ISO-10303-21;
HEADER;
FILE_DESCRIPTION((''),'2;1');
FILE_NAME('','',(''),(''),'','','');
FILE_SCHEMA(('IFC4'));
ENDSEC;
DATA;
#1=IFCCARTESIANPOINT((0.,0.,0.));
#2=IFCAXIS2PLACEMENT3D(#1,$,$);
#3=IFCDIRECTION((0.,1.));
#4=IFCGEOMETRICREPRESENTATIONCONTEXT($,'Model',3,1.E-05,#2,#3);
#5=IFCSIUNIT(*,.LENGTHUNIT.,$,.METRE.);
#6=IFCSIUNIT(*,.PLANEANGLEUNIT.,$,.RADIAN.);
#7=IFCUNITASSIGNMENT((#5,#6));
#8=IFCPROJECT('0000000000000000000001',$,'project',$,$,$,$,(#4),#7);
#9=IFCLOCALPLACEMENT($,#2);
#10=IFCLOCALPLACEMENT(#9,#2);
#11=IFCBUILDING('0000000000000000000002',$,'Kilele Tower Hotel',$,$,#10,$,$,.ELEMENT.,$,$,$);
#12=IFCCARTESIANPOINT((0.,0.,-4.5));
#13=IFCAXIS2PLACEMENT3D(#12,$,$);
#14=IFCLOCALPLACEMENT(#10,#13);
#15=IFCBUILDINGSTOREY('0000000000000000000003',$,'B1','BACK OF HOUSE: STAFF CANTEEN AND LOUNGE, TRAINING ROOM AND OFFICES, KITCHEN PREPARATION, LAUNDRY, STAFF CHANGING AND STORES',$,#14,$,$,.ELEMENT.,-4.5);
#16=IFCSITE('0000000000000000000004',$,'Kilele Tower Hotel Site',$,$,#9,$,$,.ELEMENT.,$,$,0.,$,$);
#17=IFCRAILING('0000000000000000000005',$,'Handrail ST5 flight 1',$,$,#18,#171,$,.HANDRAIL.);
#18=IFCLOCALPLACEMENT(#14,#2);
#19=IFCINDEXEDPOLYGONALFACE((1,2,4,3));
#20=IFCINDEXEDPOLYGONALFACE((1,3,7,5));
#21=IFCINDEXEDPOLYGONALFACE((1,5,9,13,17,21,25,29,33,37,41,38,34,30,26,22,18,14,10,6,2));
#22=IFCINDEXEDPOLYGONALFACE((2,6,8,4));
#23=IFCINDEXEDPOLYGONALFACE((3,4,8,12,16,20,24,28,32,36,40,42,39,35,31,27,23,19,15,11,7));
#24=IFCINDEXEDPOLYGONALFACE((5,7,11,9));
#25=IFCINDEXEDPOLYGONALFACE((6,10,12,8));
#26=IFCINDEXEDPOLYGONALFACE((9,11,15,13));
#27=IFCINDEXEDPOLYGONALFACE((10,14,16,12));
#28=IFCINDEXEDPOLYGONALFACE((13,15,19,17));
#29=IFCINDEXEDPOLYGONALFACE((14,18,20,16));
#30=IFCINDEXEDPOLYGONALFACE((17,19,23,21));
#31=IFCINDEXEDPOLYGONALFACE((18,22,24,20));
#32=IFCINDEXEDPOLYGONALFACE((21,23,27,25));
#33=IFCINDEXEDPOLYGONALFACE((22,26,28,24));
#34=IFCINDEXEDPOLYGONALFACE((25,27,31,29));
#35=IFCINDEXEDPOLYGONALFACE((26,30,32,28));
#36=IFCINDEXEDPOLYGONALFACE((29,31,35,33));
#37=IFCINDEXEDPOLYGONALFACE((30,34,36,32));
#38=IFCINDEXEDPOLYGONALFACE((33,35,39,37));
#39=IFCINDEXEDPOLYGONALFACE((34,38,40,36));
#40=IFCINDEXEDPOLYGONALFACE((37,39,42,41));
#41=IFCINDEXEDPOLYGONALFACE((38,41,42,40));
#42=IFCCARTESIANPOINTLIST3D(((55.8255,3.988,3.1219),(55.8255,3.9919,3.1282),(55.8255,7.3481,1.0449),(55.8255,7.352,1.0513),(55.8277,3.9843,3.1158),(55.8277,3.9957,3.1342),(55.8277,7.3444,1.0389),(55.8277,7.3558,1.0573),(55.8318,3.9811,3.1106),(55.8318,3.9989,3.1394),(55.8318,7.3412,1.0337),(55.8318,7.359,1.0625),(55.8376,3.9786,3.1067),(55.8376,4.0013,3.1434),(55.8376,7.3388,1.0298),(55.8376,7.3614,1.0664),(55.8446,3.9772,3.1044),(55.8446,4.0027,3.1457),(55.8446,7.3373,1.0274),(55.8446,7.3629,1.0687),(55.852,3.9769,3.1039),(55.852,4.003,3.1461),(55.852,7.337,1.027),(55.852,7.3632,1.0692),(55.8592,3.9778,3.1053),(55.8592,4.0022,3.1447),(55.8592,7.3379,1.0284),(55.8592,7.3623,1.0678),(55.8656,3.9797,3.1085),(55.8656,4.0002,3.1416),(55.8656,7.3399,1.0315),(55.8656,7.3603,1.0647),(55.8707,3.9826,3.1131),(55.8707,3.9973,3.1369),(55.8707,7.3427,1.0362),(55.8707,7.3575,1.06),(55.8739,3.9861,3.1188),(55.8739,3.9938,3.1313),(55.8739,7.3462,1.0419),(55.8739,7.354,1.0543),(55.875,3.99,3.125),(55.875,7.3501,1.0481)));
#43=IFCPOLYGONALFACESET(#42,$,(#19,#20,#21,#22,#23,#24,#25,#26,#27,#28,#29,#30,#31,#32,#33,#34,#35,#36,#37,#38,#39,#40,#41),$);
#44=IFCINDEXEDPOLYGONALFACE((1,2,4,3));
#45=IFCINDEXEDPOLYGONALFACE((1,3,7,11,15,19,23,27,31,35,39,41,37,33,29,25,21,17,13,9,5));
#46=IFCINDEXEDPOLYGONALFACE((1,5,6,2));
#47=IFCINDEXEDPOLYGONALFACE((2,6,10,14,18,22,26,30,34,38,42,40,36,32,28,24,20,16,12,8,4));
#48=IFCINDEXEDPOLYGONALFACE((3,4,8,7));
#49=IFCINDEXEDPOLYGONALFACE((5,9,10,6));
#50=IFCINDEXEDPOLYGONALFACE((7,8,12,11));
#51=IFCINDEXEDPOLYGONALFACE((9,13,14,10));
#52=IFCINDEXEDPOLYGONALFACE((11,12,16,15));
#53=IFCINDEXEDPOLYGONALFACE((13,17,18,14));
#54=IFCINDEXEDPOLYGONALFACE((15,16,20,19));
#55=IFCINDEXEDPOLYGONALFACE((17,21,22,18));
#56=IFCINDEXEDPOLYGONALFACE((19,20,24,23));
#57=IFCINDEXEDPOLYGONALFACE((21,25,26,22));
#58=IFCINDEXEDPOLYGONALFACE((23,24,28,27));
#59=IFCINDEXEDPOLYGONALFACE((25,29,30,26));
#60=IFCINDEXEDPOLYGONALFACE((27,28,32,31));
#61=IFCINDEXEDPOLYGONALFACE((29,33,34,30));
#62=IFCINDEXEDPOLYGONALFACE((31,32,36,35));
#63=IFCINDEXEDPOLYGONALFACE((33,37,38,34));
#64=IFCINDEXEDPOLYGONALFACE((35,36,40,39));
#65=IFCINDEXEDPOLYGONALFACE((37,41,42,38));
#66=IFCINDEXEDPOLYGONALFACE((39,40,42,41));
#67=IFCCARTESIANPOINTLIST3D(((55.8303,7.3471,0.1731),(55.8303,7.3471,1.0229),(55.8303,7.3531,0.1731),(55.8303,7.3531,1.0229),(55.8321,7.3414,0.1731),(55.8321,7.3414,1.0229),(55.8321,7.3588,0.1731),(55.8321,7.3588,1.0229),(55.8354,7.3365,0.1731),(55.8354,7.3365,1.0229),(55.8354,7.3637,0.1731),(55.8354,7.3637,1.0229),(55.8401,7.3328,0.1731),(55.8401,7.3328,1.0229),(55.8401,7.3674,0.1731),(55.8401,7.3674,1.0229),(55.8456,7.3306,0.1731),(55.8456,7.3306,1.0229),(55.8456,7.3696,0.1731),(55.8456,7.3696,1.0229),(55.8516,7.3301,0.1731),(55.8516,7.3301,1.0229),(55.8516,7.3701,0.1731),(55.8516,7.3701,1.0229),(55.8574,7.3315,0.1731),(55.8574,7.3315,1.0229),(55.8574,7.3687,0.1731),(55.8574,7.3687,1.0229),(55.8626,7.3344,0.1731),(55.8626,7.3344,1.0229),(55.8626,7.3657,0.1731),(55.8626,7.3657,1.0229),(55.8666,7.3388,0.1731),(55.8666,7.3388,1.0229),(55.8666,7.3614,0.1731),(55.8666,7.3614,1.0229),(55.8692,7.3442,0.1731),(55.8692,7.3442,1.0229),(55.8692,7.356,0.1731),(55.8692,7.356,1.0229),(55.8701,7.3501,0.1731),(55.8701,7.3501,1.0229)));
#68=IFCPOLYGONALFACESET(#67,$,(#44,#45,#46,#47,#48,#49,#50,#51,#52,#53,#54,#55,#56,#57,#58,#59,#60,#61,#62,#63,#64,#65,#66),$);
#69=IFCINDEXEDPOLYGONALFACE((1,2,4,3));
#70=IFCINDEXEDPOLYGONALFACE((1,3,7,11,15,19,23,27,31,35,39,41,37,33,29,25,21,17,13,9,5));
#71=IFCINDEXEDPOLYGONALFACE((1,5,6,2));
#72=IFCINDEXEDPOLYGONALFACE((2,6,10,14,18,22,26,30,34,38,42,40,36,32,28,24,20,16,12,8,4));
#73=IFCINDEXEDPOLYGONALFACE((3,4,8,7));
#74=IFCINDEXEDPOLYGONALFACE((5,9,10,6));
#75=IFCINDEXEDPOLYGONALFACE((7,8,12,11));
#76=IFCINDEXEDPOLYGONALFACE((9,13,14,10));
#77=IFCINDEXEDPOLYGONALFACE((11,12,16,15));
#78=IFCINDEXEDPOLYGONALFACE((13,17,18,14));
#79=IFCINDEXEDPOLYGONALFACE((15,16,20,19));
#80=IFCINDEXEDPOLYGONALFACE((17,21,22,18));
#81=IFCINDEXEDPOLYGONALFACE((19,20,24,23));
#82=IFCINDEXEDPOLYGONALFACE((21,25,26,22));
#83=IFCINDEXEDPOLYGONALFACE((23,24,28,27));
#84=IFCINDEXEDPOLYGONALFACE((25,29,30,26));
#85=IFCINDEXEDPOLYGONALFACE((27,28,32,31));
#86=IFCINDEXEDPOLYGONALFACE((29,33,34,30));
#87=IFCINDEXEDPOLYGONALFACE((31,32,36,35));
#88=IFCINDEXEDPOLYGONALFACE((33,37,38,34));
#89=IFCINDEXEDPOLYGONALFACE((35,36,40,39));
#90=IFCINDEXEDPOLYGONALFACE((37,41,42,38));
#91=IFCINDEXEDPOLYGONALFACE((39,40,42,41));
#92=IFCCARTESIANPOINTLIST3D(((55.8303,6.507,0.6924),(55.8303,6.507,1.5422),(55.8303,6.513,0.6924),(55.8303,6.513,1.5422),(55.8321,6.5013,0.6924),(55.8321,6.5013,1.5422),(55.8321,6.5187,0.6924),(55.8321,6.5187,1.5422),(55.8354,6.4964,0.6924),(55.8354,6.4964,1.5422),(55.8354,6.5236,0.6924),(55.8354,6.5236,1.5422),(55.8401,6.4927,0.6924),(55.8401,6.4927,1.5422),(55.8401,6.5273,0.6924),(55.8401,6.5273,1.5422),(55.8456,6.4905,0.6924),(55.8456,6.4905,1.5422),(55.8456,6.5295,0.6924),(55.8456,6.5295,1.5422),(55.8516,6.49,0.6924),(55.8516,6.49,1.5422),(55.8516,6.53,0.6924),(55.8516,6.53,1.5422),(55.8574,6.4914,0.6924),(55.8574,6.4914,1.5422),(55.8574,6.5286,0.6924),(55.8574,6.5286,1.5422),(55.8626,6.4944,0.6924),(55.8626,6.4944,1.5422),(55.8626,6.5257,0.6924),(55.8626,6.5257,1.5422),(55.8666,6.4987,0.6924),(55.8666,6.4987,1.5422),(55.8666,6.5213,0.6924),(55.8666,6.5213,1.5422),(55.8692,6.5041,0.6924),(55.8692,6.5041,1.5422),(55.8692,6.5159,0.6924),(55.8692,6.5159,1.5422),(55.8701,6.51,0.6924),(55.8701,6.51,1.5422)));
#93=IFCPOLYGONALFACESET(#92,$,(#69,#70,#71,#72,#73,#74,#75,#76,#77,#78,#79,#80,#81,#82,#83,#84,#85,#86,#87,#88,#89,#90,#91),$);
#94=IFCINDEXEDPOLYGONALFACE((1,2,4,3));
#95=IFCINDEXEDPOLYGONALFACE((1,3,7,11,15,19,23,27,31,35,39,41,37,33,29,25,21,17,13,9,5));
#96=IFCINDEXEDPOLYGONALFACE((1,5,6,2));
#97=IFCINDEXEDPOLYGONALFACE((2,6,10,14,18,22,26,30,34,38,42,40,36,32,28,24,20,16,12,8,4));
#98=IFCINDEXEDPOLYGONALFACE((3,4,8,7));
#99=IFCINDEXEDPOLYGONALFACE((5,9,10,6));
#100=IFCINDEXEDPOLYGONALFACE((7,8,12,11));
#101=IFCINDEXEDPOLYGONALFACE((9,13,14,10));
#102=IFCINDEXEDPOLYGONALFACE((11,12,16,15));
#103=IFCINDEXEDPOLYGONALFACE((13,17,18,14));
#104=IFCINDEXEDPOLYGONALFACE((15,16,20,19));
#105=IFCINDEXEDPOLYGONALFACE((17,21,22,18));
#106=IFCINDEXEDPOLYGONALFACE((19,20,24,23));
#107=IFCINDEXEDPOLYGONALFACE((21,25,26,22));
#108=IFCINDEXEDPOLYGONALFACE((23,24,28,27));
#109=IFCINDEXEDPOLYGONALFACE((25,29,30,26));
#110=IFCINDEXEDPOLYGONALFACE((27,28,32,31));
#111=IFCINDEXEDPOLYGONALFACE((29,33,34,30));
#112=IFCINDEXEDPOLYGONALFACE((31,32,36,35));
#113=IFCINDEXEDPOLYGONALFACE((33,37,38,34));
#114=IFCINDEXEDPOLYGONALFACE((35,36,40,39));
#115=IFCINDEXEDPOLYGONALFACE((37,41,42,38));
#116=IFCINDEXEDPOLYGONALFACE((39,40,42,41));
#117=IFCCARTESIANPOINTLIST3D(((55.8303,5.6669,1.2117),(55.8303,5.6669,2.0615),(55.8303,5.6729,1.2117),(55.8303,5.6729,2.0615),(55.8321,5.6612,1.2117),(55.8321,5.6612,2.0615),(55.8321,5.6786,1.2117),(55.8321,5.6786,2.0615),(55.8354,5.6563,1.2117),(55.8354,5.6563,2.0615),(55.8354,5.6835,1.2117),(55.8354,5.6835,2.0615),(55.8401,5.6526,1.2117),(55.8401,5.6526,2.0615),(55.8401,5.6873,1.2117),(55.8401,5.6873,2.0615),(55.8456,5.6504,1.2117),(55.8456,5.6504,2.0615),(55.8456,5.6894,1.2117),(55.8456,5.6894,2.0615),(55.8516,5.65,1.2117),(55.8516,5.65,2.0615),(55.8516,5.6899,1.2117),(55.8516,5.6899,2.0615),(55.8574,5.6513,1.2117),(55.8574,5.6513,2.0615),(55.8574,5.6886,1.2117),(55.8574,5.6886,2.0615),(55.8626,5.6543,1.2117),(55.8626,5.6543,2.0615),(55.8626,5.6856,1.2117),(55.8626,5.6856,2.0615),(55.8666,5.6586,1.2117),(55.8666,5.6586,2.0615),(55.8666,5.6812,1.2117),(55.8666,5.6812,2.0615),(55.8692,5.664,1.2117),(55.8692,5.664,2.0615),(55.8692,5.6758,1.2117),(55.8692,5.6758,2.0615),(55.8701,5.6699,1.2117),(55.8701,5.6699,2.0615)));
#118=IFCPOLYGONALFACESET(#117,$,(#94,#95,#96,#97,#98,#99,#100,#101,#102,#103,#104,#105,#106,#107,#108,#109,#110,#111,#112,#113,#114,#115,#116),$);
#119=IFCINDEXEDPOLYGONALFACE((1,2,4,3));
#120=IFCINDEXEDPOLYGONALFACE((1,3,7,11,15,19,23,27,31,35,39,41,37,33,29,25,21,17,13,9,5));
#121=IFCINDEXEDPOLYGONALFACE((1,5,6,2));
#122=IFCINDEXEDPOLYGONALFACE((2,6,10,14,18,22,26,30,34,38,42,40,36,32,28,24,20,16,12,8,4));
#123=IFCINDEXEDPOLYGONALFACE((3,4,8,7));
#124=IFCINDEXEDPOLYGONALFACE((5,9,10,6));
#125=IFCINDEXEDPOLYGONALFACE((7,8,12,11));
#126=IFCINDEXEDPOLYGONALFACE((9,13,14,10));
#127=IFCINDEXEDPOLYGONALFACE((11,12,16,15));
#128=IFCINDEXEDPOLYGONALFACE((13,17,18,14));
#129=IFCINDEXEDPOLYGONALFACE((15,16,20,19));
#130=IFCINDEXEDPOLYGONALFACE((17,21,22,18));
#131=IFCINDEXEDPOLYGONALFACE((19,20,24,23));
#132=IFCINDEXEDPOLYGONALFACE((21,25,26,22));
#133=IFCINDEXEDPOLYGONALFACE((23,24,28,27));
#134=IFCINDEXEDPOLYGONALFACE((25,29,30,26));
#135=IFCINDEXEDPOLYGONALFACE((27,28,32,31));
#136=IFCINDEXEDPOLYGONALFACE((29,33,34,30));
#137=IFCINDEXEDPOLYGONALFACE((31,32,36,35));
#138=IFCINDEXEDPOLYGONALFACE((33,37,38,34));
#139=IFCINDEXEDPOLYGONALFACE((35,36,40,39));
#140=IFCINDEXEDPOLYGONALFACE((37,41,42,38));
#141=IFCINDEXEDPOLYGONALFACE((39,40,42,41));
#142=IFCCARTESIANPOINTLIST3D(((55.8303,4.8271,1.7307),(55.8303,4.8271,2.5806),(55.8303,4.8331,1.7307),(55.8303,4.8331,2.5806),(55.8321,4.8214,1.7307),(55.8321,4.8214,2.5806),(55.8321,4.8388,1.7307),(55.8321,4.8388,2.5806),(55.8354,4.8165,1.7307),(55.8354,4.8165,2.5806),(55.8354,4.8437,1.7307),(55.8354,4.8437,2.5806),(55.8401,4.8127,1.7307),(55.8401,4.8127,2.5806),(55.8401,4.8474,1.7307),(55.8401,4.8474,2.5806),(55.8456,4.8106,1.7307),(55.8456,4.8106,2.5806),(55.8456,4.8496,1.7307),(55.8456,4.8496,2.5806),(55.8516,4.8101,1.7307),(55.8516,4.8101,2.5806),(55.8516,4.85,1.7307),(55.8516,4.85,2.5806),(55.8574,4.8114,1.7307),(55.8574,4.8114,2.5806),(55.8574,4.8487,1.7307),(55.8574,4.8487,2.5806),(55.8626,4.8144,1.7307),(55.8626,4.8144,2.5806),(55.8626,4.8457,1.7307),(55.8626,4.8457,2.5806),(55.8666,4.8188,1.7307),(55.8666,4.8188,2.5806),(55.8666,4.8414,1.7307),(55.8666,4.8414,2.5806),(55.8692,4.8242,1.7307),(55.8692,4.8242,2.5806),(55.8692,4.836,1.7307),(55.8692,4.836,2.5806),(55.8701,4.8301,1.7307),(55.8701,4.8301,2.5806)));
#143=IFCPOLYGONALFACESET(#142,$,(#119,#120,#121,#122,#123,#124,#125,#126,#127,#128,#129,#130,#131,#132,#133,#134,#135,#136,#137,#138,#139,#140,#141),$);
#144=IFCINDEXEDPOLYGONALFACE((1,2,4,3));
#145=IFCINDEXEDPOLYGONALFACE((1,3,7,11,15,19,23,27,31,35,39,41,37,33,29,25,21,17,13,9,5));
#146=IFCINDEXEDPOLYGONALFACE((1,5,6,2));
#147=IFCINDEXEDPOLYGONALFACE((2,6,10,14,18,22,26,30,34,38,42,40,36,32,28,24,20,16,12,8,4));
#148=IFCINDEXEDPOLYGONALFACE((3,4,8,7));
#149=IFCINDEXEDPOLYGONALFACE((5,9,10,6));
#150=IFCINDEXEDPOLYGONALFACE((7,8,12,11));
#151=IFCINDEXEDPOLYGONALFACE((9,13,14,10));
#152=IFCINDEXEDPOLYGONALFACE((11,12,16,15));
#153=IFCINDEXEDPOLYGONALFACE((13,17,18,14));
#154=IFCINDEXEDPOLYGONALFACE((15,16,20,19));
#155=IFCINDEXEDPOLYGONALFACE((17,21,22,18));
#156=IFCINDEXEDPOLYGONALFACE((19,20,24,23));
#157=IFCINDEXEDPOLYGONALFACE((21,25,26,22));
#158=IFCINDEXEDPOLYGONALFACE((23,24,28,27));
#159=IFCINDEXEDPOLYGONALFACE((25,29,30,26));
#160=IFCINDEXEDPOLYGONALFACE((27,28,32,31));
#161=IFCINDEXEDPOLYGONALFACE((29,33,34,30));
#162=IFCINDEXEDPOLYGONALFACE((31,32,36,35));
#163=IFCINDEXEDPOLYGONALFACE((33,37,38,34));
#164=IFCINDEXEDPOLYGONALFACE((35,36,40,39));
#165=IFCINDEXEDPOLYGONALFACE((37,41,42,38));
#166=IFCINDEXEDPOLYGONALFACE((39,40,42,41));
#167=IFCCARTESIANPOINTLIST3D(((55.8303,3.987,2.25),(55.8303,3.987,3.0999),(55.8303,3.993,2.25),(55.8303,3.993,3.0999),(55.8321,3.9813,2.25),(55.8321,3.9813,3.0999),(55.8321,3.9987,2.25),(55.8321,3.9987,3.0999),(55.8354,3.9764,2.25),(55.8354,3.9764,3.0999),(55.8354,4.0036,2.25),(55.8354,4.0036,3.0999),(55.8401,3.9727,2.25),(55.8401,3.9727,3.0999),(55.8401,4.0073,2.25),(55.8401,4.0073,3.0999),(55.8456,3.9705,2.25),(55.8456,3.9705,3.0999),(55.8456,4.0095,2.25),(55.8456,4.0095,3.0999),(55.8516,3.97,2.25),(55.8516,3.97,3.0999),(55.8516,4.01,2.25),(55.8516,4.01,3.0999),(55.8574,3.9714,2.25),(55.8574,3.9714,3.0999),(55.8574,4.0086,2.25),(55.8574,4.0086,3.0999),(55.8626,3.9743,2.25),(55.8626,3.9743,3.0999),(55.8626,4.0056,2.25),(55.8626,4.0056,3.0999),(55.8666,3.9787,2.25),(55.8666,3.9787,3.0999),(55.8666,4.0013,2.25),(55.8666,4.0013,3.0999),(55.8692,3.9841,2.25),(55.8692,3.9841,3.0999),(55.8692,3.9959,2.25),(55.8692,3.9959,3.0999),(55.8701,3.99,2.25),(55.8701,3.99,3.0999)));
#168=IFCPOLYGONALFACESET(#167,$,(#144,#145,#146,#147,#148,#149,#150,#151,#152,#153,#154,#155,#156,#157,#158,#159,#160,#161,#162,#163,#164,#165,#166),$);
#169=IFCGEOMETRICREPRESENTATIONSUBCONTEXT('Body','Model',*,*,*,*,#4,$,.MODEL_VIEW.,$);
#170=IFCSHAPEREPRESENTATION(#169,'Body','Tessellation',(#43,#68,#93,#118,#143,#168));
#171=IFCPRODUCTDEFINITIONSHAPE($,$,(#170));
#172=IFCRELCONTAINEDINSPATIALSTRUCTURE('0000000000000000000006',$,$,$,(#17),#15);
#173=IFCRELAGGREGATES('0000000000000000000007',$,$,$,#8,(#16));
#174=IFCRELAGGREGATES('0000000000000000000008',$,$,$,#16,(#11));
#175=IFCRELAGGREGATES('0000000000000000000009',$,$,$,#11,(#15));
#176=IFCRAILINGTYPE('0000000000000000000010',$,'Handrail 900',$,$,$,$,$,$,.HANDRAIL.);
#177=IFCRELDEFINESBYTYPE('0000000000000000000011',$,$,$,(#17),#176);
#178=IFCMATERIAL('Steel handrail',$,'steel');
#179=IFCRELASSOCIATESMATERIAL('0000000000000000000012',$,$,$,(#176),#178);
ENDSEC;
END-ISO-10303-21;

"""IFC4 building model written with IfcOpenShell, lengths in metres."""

from ifc_helpers import new_model, si_unit, direction, frame, origin, origin_2d, place, context, subcontext, project, spatial, circle, extrude, material, type_object, element, save


model = new_model("IFC4")

# Units and contexts
model_context = context("Model", 3, precision=1e-05, world=origin(), true_north=direction((0.0, 1.0)))
body_context = subcontext(model_context, "Body", "Model", "MODEL_VIEW")
ifc_project = project(units=[si_unit("LENGTHUNIT", "METRE"), si_unit("PLANEANGLEUNIT", "RADIAN")], contexts=[model_context])

# Site, building, storey
site_placement = place(None, origin())
site = spatial("IfcSite", under=ifc_project, at=site_placement, Name="Kilele Tower Hotel Site", CompositionType="ELEMENT", RefElevation=0.0)
building_placement = place(site_placement, origin())
building = spatial("IfcBuilding", under=site, at=building_placement, Name="Kilele Tower Hotel", CompositionType="ELEMENT")
storey_placement = place(building_placement, frame((0.0, 0.0, -4.5)))
storey = spatial("IfcBuildingStorey", under=building, at=storey_placement, Name="B1", Description="BACK OF HOUSE: STAFF CANTEEN AND LOUNGE, TRAINING ROOM AND OFFICES, KITCHEN PREPARATION, LAUNDRY, STAFF CHANGING AND STORES", CompositionType="ELEMENT", Elevation=-4.5)

# Railing
ifc_material_1 = material(Name="Steel handrail", Category="steel")
railing_type_1 = type_object("IfcRailingType", Name="Handrail 900", PredefinedType="HANDRAIL", material=ifc_material_1)
for number, where, name in (
    (1, (55.8501, 7.3501, 0.1731), "Handrail ST5 flight 1"),
):
    element("IfcRailing", number, at=place(storey_placement, frame(where)), inside=storey, type_object=railing_type_1, Name=name, PredefinedType="HANDRAIL", context=body_context, shape_type="SweptSolid", body=[
        extrude(circle(Radius=0.0249, at=origin_2d()), frame((0.0, 0.0, 0.875), z_axis=(0.0, -0.850623, 0.525776), x_axis=(1.0, 0.0, 0.0)), (0.0, 0.0, 1.0), 3.9502),
        extrude(circle(Radius=0.02, at=origin_2d()), origin(), (0.0, 0.0, 1.0), 0.8499),
        extrude(circle(Radius=0.02, at=origin_2d()), frame((0.0, -0.8401, 0.5193)), (0.0, 0.0, 1.0), 0.8499),
        extrude(circle(Radius=0.02, at=origin_2d()), frame((0.0, -1.6802, 1.0386)), (0.0, 0.0, 1.0), 0.8499),
        extrude(circle(Radius=0.02, at=origin_2d()), frame((0.0, -2.52, 1.5576)), (0.0, 0.0, 1.0), 0.8499),
        extrude(circle(Radius=0.02, at=origin_2d()), frame((0.0, -3.3601, 2.0769)), (0.0, 0.0, 1.0), 0.8499),
    ])

save(model, "model.ifc")
